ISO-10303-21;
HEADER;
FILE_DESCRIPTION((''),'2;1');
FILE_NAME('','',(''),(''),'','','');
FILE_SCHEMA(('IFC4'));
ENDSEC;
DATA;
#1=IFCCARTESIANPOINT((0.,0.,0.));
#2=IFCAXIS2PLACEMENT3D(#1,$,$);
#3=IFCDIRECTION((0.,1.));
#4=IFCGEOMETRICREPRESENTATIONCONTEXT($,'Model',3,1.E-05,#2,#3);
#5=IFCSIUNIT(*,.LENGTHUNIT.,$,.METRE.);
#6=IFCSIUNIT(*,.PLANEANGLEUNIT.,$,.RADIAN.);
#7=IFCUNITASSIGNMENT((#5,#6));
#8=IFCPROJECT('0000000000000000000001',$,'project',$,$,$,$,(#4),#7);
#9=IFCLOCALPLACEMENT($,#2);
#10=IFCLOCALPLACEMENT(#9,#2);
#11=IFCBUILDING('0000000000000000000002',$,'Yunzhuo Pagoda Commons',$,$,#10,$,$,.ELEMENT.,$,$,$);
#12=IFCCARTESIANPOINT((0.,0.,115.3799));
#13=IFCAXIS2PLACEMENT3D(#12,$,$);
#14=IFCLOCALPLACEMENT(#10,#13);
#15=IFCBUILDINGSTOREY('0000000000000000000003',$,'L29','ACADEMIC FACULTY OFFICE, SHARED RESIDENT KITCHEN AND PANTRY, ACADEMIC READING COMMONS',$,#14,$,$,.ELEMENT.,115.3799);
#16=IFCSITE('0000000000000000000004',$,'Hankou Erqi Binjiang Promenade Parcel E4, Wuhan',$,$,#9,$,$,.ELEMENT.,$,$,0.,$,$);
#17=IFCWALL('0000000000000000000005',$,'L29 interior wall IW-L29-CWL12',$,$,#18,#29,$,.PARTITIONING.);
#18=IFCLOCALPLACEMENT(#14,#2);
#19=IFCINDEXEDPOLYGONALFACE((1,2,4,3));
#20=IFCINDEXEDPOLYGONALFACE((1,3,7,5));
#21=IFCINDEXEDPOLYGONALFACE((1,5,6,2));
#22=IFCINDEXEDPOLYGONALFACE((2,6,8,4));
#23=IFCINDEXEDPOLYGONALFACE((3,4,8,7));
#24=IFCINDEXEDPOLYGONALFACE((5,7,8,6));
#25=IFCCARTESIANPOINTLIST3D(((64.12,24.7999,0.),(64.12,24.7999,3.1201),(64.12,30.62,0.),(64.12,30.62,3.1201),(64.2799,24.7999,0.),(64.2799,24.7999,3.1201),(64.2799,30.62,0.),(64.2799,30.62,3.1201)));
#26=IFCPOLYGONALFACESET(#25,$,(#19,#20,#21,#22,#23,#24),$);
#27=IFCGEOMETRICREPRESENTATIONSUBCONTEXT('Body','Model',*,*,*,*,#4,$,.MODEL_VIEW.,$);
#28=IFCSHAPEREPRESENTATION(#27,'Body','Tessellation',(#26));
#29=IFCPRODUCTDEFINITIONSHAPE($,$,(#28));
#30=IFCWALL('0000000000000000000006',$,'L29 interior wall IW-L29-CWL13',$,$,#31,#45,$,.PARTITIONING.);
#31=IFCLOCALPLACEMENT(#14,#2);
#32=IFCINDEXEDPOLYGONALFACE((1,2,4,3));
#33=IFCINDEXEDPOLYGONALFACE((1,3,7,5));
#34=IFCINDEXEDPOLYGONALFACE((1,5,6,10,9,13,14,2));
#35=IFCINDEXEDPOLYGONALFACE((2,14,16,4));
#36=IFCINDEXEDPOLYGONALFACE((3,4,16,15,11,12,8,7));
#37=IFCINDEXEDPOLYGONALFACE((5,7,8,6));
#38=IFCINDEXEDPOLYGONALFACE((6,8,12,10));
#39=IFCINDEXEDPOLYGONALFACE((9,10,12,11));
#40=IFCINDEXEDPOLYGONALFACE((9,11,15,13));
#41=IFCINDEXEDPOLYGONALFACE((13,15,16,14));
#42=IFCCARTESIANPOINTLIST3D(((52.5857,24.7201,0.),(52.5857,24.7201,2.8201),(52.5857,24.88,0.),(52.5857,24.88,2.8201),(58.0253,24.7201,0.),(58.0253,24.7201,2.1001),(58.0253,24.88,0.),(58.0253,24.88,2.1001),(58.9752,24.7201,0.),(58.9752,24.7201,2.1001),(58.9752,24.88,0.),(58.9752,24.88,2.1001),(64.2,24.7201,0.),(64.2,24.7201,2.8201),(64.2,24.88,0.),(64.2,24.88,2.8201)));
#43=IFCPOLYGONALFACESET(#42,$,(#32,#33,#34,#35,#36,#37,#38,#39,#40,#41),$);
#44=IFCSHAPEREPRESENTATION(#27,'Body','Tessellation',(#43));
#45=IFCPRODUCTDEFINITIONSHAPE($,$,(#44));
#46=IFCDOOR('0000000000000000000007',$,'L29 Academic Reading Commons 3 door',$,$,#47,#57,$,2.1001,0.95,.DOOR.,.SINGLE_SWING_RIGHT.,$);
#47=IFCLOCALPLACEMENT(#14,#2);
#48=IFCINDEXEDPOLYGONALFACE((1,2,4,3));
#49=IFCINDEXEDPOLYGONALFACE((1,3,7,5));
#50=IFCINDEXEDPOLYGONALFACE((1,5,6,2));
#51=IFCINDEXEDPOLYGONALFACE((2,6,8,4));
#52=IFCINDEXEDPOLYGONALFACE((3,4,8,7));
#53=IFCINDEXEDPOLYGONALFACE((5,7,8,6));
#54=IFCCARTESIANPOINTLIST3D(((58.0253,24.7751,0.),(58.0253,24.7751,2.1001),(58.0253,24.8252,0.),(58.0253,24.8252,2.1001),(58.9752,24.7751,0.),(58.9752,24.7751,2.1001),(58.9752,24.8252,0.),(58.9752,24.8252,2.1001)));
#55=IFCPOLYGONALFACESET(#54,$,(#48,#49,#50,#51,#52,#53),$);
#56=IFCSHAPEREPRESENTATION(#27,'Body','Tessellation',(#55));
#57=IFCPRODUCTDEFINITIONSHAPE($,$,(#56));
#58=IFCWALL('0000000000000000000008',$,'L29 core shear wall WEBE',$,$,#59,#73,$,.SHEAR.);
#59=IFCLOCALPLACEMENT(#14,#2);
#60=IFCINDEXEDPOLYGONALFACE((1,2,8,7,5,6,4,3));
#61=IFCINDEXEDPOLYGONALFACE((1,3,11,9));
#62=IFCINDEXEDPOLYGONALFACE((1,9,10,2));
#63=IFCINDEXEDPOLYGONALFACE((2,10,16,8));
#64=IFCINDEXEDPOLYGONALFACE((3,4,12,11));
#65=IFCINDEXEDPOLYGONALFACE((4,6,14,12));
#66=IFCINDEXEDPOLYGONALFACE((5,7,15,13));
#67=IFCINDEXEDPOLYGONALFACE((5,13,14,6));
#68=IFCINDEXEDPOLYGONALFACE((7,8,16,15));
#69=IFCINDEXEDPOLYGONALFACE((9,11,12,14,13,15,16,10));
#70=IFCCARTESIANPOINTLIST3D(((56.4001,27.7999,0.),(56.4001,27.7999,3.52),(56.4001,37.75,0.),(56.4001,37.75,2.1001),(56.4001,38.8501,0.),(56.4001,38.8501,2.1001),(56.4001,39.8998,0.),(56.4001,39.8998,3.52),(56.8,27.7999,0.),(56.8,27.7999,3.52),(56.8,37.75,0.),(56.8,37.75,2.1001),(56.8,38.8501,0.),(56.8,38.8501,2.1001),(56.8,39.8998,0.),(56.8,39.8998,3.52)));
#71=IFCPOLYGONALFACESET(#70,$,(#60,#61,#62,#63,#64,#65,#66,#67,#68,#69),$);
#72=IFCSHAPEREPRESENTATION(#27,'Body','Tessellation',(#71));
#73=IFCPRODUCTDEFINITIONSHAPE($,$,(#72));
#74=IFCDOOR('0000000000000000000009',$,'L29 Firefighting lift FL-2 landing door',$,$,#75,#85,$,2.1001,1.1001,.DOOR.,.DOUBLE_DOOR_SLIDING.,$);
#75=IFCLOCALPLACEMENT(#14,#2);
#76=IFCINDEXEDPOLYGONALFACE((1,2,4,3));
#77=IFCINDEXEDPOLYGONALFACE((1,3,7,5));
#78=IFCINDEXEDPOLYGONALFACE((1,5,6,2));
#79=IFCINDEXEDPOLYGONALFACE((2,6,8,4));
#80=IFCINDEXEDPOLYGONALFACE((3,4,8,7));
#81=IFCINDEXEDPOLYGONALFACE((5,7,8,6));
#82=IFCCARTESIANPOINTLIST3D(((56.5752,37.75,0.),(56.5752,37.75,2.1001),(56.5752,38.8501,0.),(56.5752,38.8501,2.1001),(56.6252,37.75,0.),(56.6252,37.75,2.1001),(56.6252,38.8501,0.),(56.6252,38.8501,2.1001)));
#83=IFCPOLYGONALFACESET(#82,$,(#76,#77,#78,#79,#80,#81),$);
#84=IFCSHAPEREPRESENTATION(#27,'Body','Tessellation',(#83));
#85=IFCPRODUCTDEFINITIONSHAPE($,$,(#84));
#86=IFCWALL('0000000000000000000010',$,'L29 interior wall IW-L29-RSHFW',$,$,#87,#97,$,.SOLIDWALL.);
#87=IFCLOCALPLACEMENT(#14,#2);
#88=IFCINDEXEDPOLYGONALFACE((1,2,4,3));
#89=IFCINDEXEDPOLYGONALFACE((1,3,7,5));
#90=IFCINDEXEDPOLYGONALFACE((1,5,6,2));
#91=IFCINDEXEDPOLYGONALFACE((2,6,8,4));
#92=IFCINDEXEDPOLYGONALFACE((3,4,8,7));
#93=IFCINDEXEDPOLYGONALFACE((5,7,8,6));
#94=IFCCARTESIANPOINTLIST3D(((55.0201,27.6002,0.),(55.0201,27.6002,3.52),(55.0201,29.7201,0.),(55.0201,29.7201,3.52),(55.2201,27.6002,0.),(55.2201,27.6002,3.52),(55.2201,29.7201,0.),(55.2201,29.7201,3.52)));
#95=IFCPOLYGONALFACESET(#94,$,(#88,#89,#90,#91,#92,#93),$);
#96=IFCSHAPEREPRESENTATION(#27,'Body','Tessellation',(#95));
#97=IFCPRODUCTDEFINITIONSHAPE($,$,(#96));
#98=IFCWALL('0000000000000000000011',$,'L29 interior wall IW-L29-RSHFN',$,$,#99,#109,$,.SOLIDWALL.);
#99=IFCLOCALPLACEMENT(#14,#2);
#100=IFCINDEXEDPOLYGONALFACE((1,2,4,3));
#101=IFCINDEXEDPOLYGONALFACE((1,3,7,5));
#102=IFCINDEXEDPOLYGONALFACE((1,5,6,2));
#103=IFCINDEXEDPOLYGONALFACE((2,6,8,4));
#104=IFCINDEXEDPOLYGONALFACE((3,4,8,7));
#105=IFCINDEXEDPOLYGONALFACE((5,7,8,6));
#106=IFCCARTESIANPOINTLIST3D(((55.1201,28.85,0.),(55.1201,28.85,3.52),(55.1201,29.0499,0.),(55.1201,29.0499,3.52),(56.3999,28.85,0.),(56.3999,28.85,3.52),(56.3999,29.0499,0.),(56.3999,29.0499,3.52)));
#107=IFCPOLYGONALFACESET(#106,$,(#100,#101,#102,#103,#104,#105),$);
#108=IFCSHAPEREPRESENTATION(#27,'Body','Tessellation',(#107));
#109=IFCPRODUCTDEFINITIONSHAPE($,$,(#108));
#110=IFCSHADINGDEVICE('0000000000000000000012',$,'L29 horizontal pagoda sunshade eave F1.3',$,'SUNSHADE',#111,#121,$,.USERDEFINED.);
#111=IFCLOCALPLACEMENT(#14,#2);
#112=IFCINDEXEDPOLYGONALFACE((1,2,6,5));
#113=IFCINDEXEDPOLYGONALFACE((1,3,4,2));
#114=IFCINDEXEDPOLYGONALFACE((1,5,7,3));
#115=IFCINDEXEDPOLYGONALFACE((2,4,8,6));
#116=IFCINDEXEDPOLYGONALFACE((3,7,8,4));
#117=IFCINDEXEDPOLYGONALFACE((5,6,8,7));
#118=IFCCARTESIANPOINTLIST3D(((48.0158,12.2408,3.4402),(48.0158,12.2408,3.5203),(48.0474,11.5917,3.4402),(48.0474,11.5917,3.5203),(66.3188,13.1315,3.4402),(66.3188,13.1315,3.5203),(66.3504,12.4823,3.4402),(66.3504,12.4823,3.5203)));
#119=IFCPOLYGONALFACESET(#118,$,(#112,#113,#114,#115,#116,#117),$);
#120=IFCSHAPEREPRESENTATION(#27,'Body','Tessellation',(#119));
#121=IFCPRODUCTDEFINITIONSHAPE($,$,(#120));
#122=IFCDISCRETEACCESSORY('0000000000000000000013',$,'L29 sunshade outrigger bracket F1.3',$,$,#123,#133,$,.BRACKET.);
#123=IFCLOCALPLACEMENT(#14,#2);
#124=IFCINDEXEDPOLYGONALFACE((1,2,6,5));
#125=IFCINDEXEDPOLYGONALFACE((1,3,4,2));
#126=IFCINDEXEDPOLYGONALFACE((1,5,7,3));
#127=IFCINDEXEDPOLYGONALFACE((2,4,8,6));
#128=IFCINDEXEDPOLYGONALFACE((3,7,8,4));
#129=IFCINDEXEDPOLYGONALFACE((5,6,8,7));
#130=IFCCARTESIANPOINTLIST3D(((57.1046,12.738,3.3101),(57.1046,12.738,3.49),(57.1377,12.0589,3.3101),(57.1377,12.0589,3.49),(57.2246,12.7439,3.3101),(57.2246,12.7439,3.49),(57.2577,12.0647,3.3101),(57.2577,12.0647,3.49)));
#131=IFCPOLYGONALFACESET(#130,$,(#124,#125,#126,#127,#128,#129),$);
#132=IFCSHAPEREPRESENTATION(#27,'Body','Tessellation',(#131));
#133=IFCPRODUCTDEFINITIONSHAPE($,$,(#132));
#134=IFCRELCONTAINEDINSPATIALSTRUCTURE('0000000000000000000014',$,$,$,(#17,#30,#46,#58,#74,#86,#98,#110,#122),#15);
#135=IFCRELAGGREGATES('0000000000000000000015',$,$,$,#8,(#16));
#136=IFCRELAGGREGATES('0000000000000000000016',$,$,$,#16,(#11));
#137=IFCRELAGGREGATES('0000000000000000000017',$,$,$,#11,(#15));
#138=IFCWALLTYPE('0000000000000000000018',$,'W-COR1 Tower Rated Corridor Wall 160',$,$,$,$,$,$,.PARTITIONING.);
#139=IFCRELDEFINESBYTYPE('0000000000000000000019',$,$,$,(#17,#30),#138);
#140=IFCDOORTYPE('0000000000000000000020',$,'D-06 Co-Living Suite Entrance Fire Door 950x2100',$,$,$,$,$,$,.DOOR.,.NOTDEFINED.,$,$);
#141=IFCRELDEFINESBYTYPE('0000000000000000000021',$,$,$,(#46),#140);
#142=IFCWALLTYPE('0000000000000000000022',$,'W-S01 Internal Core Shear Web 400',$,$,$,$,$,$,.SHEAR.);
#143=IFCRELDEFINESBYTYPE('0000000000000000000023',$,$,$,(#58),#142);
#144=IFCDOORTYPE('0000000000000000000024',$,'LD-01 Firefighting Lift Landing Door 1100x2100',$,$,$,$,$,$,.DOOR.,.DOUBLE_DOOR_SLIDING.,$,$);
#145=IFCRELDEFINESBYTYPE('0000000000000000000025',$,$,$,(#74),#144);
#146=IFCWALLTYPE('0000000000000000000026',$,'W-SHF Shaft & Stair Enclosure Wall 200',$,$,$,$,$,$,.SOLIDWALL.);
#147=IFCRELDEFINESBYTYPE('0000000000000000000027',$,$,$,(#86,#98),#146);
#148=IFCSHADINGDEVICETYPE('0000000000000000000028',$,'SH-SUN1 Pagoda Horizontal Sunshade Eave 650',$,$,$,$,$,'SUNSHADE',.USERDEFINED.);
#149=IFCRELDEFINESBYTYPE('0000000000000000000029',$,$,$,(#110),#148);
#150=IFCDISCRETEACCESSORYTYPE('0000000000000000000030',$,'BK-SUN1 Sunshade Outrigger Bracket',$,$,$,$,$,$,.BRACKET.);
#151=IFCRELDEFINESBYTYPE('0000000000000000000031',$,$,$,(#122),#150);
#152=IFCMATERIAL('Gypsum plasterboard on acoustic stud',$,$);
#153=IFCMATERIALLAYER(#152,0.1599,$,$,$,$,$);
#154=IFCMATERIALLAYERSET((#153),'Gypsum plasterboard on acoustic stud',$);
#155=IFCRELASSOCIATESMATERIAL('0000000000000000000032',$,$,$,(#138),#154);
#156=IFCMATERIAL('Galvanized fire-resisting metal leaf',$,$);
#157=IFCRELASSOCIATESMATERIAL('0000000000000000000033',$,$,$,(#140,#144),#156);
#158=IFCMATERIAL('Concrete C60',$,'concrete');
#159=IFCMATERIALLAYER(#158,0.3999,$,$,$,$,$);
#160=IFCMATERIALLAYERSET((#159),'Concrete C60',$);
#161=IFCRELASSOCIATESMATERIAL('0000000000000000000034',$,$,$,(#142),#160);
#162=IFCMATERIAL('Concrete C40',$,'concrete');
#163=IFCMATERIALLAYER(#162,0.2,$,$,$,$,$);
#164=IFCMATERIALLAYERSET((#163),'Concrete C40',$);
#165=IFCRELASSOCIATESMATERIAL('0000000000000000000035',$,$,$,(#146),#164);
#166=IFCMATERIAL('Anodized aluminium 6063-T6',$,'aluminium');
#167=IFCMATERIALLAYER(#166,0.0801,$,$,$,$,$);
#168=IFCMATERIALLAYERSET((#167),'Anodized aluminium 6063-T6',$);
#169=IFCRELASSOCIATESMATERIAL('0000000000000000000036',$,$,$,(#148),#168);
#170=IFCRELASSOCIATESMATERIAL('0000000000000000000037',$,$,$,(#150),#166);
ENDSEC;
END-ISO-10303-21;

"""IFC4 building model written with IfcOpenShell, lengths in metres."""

from ifc_helpers import new_model, si_unit, direction, frame, frame_2d, origin, origin_with_axes, origin_2d, place, context, subcontext, project, spatial, rectangle, extrude, source, transform, mapped, material, layer, layer_set, type_object, element, fill, save


model = new_model("IFC4")

# Units and contexts
model_context = context("Model", 3, precision=1e-05, world=origin(), true_north=direction((0.0, 1.0)))
body_context = subcontext(model_context, "Body", "Model", "MODEL_VIEW")
ifc_project = project(units=[si_unit("LENGTHUNIT", "METRE"), si_unit("PLANEANGLEUNIT", "RADIAN")], contexts=[model_context])

# Site, building, storey
site_placement = place(None, origin())
site = spatial("IfcSite", under=ifc_project, at=site_placement, Name="Hankou Erqi Binjiang Promenade Parcel E4, Wuhan", CompositionType="ELEMENT", RefElevation=0.0)
building_placement = place(site_placement, origin())
building = spatial("IfcBuilding", under=site, at=building_placement, Name="Yunzhuo Pagoda Commons", CompositionType="ELEMENT")
storey_placement = place(building_placement, frame((0.0, 0.0, 115.3799)))
storey = spatial("IfcBuildingStorey", under=building, at=storey_placement, Name="L29", Description="ACADEMIC FACULTY OFFICE, SHARED RESIDENT KITCHEN AND PANTRY, ACADEMIC READING COMMONS", CompositionType="ELEMENT", Elevation=115.3799)

# Shared definitions
ifc_material_1 = material(Name="Anodized aluminium 6063-T6", Category="aluminium")

# Wall
ifc_material_2 = material(Name="Concrete C60", Category="concrete")
ifc_material_3 = material(Name="Gypsum plasterboard on acoustic stud")
ifc_layer_1 = layer(ifc_material_3, 0.1599)
ifc_layer_set_1 = layer_set([ifc_layer_1], Name="Gypsum plasterboard on acoustic stud")
wall_type_1 = type_object("IfcWallType", Name="W-COR1 Tower Rated Corridor Wall 160", PredefinedType="PARTITIONING", material=ifc_layer_set_1)
wall_1_placement = place(storey_placement, frame((64.2, 30.6201, 0.0), z_axis=(0.0, 0.0, 1.0), x_axis=(0.0, -1.0, 0.0)))
element("IfcWall", 1, at=wall_1_placement, inside=storey, type_object=wall_type_1, Name="L29 interior wall IW-L29-CWL12", PredefinedType="PARTITIONING", context=body_context, shape_type="SweptSolid", body=[
    extrude(rectangle(XDim=5.8201, YDim=0.1599, at=frame_2d((2.9102, 0.0))), origin(), (0.0, 0.0, 1.0), 3.1201),
])

# Walls, openings, doors
wall_2_placement = place(storey_placement, frame((64.2, 24.8, 0.0), z_axis=(0.0, 0.0, 1.0), x_axis=(-1.0, 0.0, 0.0)))
wall_2 = element("IfcWall", 2, at=wall_2_placement, inside=storey, type_object=wall_type_1, Name="L29 interior wall IW-L29-CWL13", PredefinedType="PARTITIONING", context=body_context, shape_type="SweptSolid", body=[
    extrude(rectangle(XDim=11.6143, YDim=0.1599, at=frame_2d((5.8071, 0.0))), origin(), (0.0, 0.0, 1.0), 2.8201),
])
opening_1_placement = place(wall_2_placement, frame((5.2246, 0.0, 0.0)))
opening_1 = element("IfcOpeningElement", 3, at=opening_1_placement, cuts=wall_2, PredefinedType="OPENING", context=body_context, shape_type="SweptSolid", body=[
    extrude(rectangle(XDim=0.95, YDim=2.1001, at=frame_2d((0.4751, 1.05))), frame((0.0, 0.0898, 0.0), z_axis=(0.0, -1.0, 0.0), x_axis=(1.0, 0.0, 0.0)), (0.0, 0.0, 1.0), 0.1799),
])
ifc_material_4 = material(Name="Galvanized fire-resisting metal leaf")
door_type_1 = type_object("IfcDoorType", Name="D-06 Co-Living Suite Entrance Fire Door 950x2100", OperationType="NOTDEFINED", PredefinedType="DOOR", material=ifc_material_4)
shared_shape_1 = source(origin(), body_context, "Body", "SweptSolid", [
    extrude(rectangle(XDim=0.95, YDim=2.1001, at=frame_2d((0.4751, 1.05))), frame((0.0, 0.0249, 0.0), z_axis=(0.0, -1.0, 0.0), x_axis=(1.0, 0.0, 0.0)), (0.0, 0.0, 1.0), 0.05),
])
door_1_placement = place(opening_1_placement, origin_with_axes())
door_1 = element("IfcDoor", 4, at=door_1_placement, inside=storey, type_object=door_type_1, Name="L29 Academic Reading Commons 3 door", OperationType="SINGLE_SWING_RIGHT", OverallHeight=2.1001, OverallWidth=0.95, PredefinedType="DOOR", context=body_context, shape_type="MappedRepresentation", body=[
    mapped(shared_shape_1, transform((0.0, 0.0, 0.0), scale=1.0)),
])
fill(opening_1, door_1)
ifc_layer_2 = layer(ifc_material_2, 0.3999)
ifc_layer_set_2 = layer_set([ifc_layer_2], Name="Concrete C60")
wall_type_2 = type_object("IfcWallType", Name="W-S01 Internal Core Shear Web 400", PredefinedType="SHEAR", material=ifc_layer_set_2)
wall_3_placement = place(storey_placement, frame((56.6001, 27.8, 0.0), z_axis=(0.0, 0.0, 1.0), x_axis=(0.0, 1.0, 0.0)))
wall_3 = element("IfcWall", 5, at=wall_3_placement, inside=storey, type_object=wall_type_2, Name="L29 core shear wall WEBE", PredefinedType="SHEAR", context=body_context, shape_type="SweptSolid", body=[
    extrude(rectangle(XDim=12.0999, YDim=0.3999, at=frame_2d((6.0498, 0.0))), origin(), (0.0, 0.0, 1.0), 3.52),
])
opening_2_placement = place(wall_3_placement, frame((9.95, 0.0, 0.0)))
opening_2 = element("IfcOpeningElement", 6, at=opening_2_placement, cuts=wall_3, PredefinedType="OPENING", context=body_context, shape_type="SweptSolid", body=[
    extrude(rectangle(XDim=1.1001, YDim=2.1001, at=frame_2d((0.55, 1.05))), frame((0.0, 0.21, 0.0), z_axis=(0.0, -1.0, 0.0), x_axis=(1.0, 0.0, 0.0)), (0.0, 0.0, 1.0), 0.4199),
])
door_type_2 = type_object("IfcDoorType", Name="LD-01 Firefighting Lift Landing Door 1100x2100", OperationType="DOUBLE_DOOR_SLIDING", PredefinedType="DOOR", material=ifc_material_4)
shared_shape_2 = source(origin(), body_context, "Body", "SweptSolid", [
    extrude(rectangle(XDim=1.1001, YDim=2.1001, at=frame_2d((0.55, 1.05))), frame((0.0, 0.0249, 0.0), z_axis=(0.0, -1.0, 0.0), x_axis=(1.0, 0.0, 0.0)), (0.0, 0.0, 1.0), 0.05),
])
door_2_placement = place(opening_2_placement, origin_with_axes())
door_2 = element("IfcDoor", 7, at=door_2_placement, inside=storey, type_object=door_type_2, Name="L29 Firefighting lift FL-2 landing door", OperationType="DOUBLE_DOOR_SLIDING", OverallHeight=2.1001, OverallWidth=1.1001, PredefinedType="DOOR", context=body_context, shape_type="MappedRepresentation", body=[
    mapped(shared_shape_2, transform((0.0, 0.0, 0.0), scale=1.0)),
])
fill(opening_2, door_2)

# Walls
ifc_material_5 = material(Name="Concrete C40", Category="concrete")
ifc_layer_3 = layer(ifc_material_5, 0.2)
ifc_layer_set_3 = layer_set([ifc_layer_3], Name="Concrete C40")
wall_type_3 = type_object("IfcWallType", Name="W-SHF Shaft & Stair Enclosure Wall 200", PredefinedType="SOLIDWALL", material=ifc_layer_set_3)
wall_4_placement = place(storey_placement, frame((55.1201, 27.6001, 0.0), z_axis=(0.0, 0.0, 1.0), x_axis=(0.0, 1.0, 0.0)))
element("IfcWall", 8, at=wall_4_placement, inside=storey, type_object=wall_type_3, Name="L29 interior wall IW-L29-RSHFW", PredefinedType="SOLIDWALL", context=body_context, shape_type="SweptSolid", body=[
    extrude(rectangle(XDim=2.1199, YDim=0.2, at=frame_2d((1.0601, 0.0))), origin(), (0.0, 0.0, 1.0), 3.52),
])
wall_5_placement = place(storey_placement, frame((55.1201, 28.95, 0.0), z_axis=(0.0, 0.0, 1.0), x_axis=(1.0, 0.0, 0.0)))
element("IfcWall", 9, at=wall_5_placement, inside=storey, type_object=wall_type_3, Name="L29 interior wall IW-L29-RSHFN", PredefinedType="SOLIDWALL", context=body_context, shape_type="SweptSolid", body=[
    extrude(rectangle(XDim=1.2798, YDim=0.2, at=frame_2d((0.6399, 0.0))), origin(), (0.0, 0.0, 1.0), 3.52),
])

# Shading device
ifc_layer_4 = layer(ifc_material_1, 0.0801)
ifc_layer_set_4 = layer_set([ifc_layer_4], Name="Anodized aluminium 6063-T6")
shading_device_type = type_object("IfcShadingDeviceType", Name="SH-SUN1 Pagoda Horizontal Sunshade Eave 650", ElementType="SUNSHADE", PredefinedType="USERDEFINED", material=ifc_layer_set_4)
shared_shape_3 = source(origin(), body_context, "Body", "SweptSolid", [
    extrude(rectangle(XDim=18.3247, YDim=0.6499, at=origin_2d()), origin(), (0.0, 0.0, 1.0), 0.0801),
])
shading_device_placement = place(storey_placement, frame((57.1831, 12.3616, 3.4402), z_axis=(0.0, 0.0, 1.0), x_axis=(0.998818, 0.048606, 0.0)))
element("IfcShadingDevice", 10, at=shading_device_placement, inside=storey, type_object=shading_device_type, Name="L29 horizontal pagoda sunshade eave F1.3", ObjectType="SUNSHADE", PredefinedType="USERDEFINED", context=body_context, shape_type="MappedRepresentation", body=[
    mapped(shared_shape_3, transform((0.0, 0.0, 0.0), scale=1.0)),
])

# Discrete accessory
discrete_accessory_type = type_object("IfcDiscreteAccessoryType", Name="BK-SUN1 Sunshade Outrigger Bracket", PredefinedType="BRACKET", material=ifc_material_1)
shared_shape_4 = source(origin(), body_context, "Body", "SweptSolid", [
    extrude(rectangle(XDim=0.1201, YDim=0.6799, at=origin_2d()), origin(), (0.0, 0.0, 1.0), 0.1799),
])
discrete_accessory_placement = place(storey_placement, frame((57.1812, 12.4014, 3.3101), z_axis=(0.0, 0.0, 1.0), x_axis=(0.998818, 0.048606, 0.0)))
element("IfcDiscreteAccessory", 11, at=discrete_accessory_placement, inside=storey, type_object=discrete_accessory_type, Name="L29 sunshade outrigger bracket F1.3", PredefinedType="BRACKET", context=body_context, shape_type="MappedRepresentation", body=[
    mapped(shared_shape_4, transform((0.0, 0.0, 0.0), scale=1.0)),
])

save(model, "model.ifc")
